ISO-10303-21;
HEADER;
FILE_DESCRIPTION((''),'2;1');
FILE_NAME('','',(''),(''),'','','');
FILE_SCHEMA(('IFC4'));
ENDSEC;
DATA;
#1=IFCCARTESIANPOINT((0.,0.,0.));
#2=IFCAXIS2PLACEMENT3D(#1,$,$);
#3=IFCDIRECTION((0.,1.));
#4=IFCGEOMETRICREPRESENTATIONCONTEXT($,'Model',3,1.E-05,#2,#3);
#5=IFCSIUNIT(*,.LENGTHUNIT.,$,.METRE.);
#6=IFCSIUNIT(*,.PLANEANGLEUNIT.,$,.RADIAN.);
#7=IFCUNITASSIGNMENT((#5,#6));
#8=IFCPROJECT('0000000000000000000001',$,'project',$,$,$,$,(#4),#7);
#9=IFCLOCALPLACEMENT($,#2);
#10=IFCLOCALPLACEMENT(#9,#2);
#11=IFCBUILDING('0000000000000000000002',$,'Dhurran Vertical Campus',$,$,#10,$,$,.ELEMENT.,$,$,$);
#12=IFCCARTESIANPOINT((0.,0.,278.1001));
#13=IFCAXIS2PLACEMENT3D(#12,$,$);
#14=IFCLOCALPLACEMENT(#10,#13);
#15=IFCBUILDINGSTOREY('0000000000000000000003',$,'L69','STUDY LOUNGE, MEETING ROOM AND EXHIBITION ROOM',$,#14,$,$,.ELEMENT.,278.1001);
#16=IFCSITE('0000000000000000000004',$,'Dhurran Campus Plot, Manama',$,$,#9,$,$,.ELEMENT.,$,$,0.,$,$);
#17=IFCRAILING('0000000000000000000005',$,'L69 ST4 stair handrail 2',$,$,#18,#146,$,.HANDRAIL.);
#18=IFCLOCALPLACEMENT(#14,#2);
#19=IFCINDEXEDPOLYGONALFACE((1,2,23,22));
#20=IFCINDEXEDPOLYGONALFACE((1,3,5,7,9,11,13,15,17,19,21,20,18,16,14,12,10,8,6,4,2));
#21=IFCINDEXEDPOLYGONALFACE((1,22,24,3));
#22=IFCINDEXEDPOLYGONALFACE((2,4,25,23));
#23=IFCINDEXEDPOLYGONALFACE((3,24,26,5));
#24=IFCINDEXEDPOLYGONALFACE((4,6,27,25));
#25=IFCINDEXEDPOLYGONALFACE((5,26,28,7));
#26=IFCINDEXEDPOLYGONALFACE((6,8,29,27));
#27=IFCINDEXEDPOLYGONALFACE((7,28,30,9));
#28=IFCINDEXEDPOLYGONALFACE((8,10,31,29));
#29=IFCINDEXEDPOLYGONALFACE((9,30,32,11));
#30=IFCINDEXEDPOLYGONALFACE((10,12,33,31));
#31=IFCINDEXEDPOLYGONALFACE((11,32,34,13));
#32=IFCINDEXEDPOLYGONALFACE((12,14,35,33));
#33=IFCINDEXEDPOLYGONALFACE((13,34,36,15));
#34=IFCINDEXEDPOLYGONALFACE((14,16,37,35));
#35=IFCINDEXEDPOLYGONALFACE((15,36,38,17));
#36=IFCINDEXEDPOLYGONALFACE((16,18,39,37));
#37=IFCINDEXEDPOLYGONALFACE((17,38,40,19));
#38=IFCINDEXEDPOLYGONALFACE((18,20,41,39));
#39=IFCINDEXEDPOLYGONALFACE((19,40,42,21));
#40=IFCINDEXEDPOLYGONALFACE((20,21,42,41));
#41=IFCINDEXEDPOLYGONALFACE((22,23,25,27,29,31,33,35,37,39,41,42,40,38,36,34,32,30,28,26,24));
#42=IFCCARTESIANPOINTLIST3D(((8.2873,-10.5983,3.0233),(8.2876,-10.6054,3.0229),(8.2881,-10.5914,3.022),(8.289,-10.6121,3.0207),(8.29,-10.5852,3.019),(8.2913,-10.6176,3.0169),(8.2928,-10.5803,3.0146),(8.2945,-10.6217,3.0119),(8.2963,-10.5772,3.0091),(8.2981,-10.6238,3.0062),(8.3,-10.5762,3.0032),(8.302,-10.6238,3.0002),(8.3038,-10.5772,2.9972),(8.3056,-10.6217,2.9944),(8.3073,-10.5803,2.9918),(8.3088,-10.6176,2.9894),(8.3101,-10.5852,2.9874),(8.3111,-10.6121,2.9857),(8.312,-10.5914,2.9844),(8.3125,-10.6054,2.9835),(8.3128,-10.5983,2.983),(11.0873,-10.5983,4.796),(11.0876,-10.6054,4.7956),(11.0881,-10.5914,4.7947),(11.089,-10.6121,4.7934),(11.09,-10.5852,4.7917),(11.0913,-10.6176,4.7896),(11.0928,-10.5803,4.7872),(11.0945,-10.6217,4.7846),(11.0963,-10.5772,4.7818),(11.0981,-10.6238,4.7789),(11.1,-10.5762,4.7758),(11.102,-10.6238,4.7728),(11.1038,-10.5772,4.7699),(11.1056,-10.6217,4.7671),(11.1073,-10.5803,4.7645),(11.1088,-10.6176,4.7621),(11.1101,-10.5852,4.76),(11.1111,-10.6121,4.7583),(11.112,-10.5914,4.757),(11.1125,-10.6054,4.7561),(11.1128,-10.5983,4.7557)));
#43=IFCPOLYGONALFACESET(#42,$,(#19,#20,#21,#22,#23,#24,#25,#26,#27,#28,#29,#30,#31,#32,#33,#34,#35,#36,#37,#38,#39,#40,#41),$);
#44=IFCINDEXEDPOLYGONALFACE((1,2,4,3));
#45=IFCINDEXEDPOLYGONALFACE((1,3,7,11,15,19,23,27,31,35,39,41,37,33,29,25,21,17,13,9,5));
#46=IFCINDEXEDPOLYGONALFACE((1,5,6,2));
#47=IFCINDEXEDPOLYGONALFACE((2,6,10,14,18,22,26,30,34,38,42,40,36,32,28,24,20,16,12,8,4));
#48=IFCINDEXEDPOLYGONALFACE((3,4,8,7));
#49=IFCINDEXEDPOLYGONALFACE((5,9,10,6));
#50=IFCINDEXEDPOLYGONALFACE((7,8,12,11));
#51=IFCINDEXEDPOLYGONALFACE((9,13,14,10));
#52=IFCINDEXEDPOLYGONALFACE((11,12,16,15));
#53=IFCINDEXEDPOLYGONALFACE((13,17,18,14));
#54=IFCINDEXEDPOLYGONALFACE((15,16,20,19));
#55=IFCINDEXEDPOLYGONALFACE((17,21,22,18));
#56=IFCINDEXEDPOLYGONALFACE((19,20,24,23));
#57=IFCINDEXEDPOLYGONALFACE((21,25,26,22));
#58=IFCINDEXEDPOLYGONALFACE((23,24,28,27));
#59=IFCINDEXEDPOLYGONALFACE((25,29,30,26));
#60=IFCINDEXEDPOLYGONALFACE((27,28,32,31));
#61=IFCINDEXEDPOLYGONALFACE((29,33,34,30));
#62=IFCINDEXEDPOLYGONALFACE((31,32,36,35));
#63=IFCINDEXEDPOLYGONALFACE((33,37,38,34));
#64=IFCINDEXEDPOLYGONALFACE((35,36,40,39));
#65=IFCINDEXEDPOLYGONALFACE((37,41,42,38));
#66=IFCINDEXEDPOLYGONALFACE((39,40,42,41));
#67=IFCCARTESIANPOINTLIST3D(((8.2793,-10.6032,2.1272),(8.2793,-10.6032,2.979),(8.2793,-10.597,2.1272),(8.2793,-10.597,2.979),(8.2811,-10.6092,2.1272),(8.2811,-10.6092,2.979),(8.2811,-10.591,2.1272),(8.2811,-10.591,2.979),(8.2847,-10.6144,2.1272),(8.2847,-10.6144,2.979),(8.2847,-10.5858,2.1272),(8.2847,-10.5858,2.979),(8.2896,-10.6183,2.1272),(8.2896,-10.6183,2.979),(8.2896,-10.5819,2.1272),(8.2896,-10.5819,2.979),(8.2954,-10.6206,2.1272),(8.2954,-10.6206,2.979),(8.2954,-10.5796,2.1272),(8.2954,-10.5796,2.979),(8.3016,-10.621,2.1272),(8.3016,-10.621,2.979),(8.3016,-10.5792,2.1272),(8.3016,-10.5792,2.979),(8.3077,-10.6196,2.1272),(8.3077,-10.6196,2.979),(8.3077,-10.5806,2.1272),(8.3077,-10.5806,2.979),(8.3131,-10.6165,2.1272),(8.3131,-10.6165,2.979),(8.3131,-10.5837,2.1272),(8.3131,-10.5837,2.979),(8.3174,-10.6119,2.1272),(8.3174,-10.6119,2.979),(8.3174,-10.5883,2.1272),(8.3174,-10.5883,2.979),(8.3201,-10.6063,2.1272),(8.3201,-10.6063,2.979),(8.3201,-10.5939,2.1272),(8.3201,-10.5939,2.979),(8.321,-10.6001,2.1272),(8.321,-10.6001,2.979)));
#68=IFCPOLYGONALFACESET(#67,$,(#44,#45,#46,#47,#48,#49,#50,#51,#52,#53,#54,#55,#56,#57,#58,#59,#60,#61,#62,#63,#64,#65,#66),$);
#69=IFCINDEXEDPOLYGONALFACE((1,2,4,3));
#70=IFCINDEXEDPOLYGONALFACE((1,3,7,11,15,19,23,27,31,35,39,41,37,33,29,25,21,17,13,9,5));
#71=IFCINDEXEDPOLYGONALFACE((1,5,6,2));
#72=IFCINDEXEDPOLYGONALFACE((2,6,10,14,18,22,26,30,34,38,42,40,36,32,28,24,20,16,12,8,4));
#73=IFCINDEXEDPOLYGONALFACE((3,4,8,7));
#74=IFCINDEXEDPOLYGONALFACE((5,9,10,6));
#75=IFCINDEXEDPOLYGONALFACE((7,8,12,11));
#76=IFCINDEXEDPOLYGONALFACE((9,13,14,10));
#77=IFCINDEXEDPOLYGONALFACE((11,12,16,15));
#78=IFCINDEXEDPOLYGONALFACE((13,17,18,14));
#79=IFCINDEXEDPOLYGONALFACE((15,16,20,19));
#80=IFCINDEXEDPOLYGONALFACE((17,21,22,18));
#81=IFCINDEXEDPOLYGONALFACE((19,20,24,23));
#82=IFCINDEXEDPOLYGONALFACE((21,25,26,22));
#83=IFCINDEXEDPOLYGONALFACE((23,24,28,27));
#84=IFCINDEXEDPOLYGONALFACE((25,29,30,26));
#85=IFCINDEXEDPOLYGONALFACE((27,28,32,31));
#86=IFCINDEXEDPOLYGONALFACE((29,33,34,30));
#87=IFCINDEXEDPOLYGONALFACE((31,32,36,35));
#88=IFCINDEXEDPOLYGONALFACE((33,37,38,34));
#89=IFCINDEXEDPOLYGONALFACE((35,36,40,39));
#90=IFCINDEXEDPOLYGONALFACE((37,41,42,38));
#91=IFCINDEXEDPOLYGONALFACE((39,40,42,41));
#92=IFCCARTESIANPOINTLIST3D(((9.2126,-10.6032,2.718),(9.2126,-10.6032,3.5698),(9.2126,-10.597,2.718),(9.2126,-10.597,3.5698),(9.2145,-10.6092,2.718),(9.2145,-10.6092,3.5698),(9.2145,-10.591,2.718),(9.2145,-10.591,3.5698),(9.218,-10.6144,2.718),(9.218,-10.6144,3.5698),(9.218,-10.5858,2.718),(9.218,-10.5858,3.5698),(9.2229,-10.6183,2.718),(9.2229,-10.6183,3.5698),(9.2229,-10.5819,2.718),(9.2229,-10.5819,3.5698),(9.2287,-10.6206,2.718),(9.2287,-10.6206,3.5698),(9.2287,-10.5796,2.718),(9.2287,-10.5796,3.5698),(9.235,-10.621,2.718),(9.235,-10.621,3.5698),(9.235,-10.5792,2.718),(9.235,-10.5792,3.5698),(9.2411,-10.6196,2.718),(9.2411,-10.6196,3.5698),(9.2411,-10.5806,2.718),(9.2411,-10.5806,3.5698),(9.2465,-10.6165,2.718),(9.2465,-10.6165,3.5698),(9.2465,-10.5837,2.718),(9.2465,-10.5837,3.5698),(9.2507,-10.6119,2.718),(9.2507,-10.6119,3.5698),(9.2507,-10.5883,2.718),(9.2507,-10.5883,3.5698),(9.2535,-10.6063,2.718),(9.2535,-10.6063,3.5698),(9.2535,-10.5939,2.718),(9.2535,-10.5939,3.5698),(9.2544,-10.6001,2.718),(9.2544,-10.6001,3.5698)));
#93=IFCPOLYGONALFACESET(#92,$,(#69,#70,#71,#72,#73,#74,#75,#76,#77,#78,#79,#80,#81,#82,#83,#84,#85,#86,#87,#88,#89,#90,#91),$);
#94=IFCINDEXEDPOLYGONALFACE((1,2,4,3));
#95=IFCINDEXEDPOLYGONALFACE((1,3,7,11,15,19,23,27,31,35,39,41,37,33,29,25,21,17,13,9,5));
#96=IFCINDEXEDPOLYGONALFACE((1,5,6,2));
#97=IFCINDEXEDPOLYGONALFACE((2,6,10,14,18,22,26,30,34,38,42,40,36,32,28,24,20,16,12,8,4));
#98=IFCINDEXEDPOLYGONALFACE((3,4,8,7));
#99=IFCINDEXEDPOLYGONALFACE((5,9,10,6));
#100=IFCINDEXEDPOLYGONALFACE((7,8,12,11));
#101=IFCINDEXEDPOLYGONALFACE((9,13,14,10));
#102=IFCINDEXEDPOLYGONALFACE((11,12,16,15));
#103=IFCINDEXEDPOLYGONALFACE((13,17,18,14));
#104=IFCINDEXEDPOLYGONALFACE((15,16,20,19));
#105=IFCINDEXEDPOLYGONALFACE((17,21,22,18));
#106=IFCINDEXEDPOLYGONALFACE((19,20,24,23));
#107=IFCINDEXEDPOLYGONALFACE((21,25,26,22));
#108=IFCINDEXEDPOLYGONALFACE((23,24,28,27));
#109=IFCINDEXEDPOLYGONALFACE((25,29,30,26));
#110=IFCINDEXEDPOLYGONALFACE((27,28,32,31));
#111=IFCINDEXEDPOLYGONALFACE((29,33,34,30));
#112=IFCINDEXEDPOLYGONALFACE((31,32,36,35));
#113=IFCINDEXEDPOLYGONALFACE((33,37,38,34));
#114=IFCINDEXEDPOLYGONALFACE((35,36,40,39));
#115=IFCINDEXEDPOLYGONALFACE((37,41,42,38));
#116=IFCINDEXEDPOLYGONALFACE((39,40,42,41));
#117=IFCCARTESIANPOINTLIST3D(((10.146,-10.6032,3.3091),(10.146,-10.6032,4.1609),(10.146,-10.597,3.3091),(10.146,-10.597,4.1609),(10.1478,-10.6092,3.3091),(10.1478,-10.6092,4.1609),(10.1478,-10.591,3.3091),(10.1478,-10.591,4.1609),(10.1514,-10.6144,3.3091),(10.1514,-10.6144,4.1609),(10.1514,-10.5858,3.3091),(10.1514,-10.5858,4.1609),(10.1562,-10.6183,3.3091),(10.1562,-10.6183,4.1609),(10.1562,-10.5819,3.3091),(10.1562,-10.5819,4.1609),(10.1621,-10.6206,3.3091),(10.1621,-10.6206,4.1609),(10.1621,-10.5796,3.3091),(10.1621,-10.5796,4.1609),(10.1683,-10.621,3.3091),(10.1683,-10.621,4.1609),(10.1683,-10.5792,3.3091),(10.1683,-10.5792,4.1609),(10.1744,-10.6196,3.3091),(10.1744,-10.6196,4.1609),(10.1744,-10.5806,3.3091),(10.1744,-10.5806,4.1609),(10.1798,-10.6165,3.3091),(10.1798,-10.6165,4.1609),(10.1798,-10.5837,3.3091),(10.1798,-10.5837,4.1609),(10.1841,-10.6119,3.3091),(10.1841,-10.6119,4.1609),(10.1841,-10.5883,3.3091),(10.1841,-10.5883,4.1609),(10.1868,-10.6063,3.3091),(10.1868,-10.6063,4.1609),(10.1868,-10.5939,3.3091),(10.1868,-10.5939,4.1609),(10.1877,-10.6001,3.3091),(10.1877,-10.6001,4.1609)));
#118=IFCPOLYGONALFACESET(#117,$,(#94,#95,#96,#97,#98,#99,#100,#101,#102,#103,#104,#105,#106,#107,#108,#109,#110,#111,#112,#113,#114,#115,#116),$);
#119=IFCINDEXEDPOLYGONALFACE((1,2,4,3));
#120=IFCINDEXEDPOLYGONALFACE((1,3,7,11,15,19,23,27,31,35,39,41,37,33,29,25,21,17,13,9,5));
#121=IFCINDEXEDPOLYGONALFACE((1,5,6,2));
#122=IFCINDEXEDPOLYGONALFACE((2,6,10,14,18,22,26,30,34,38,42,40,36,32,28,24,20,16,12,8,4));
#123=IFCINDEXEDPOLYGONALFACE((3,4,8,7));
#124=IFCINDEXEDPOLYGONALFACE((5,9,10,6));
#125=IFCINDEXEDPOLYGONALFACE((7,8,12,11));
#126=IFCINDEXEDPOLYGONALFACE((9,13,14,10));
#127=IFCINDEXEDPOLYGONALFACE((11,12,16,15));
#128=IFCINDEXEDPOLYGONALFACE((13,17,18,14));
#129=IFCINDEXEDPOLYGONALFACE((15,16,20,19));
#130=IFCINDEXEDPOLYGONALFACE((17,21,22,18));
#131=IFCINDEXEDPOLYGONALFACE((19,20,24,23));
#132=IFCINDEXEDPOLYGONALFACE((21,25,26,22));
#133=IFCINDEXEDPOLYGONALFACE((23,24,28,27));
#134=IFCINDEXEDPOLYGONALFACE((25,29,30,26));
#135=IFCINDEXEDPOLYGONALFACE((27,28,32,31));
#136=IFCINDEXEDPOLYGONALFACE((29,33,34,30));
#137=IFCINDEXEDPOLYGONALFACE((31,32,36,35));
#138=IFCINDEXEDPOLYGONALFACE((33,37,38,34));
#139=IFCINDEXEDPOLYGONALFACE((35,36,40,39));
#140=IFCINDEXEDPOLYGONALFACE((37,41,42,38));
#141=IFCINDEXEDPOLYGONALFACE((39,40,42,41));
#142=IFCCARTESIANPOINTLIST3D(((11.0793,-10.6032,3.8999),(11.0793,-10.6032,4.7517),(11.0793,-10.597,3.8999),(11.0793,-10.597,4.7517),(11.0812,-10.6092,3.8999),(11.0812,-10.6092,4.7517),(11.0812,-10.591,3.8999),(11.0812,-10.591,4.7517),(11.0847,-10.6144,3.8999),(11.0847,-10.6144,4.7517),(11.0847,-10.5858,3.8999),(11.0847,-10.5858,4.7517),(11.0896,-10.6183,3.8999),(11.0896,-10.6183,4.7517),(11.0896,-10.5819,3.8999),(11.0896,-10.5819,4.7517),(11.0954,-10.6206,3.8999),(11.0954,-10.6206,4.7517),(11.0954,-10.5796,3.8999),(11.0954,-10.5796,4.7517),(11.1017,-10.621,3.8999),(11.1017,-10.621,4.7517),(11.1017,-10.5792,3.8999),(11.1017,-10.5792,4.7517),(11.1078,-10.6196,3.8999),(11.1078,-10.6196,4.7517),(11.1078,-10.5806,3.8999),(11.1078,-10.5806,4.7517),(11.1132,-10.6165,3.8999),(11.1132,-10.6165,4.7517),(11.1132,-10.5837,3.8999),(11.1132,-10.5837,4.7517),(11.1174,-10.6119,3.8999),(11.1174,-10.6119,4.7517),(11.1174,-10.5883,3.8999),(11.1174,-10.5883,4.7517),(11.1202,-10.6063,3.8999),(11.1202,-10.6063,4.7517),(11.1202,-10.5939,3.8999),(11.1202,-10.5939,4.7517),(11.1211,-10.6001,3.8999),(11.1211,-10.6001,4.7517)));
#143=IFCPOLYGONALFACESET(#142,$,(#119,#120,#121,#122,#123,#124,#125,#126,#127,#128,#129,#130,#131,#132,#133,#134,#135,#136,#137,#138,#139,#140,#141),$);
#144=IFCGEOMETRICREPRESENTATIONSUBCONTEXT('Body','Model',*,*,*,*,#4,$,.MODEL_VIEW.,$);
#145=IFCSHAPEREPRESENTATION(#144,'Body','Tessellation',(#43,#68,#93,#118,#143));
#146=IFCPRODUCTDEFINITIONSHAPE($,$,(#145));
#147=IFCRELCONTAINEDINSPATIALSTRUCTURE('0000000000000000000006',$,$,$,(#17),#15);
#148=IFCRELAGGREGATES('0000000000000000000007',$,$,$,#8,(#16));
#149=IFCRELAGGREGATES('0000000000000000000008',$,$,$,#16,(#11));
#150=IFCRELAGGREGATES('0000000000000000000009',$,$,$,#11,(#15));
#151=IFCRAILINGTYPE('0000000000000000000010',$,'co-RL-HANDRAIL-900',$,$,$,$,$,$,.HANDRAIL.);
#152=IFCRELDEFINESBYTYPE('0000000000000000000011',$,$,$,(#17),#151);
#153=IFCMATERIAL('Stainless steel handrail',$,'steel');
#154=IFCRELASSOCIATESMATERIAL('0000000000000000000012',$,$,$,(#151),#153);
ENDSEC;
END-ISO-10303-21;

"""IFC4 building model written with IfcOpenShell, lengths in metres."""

from ifc_helpers import new_model, si_unit, direction, frame, origin, origin_2d, place, context, subcontext, project, spatial, circle, extrude, material, type_object, element, save


model = new_model("IFC4")

# Units and contexts
model_context = context("Model", 3, precision=1e-05, world=origin(), true_north=direction((0.0, 1.0)))
body_context = subcontext(model_context, "Body", "Model", "MODEL_VIEW")
ifc_project = project(units=[si_unit("LENGTHUNIT", "METRE"), si_unit("PLANEANGLEUNIT", "RADIAN")], contexts=[model_context])

# Site, building, storey
site_placement = place(None, origin())
site = spatial("IfcSite", under=ifc_project, at=site_placement, Name="Dhurran Campus Plot, Manama", CompositionType="ELEMENT", RefElevation=0.0)
building_placement = place(site_placement, origin())
building = spatial("IfcBuilding", under=site, at=building_placement, Name="Dhurran Vertical Campus", CompositionType="ELEMENT")
storey_placement = place(building_placement, frame((0.0, 0.0, 278.1001)))
storey = spatial("IfcBuildingStorey", under=building, at=storey_placement, Name="L69", Description="STUDY LOUNGE, MEETING ROOM AND EXHIBITION ROOM", CompositionType="ELEMENT", Elevation=278.1001)

# Railing
ifc_material_1 = material(Name="Stainless steel handrail", Category="steel")
railing_type_1 = type_object("IfcRailingType", Name="co-RL-HANDRAIL-900", PredefinedType="HANDRAIL", material=ifc_material_1)
railing_1_placement = place(storey_placement, frame((8.3, -10.6001, 2.1272)))
element("IfcRailing", 1, at=railing_1_placement, inside=storey, type_object=railing_type_1, Name="L69 ST4 stair handrail 2", PredefinedType="HANDRAIL", context=body_context, shape_type="SweptSolid", body=[
    extrude(circle(Radius=0.0239, at=origin_2d()), frame((0.0, 0.0, 0.876), z_axis=(0.844909, 0.0, 0.53491), x_axis=(0.0, 1.0, 0.0)), (0.0, 0.0, 1.0), 3.314),
    extrude(circle(Radius=0.021, at=origin_2d()), origin(), (0.0, 0.0, 1.0), 0.8518),
    extrude(circle(Radius=0.021, at=origin_2d()), frame((0.9333, 0.0, 0.5908)), (0.0, 0.0, 1.0), 0.8518),
    extrude(circle(Radius=0.021, at=origin_2d()), frame((1.8667, 0.0, 1.1819)), (0.0, 0.0, 1.0), 0.8518),
    extrude(circle(Radius=0.021, at=origin_2d()), frame((2.8, 0.0, 1.7727)), (0.0, 0.0, 1.0), 0.8518),
])

save(model, "model.ifc")
